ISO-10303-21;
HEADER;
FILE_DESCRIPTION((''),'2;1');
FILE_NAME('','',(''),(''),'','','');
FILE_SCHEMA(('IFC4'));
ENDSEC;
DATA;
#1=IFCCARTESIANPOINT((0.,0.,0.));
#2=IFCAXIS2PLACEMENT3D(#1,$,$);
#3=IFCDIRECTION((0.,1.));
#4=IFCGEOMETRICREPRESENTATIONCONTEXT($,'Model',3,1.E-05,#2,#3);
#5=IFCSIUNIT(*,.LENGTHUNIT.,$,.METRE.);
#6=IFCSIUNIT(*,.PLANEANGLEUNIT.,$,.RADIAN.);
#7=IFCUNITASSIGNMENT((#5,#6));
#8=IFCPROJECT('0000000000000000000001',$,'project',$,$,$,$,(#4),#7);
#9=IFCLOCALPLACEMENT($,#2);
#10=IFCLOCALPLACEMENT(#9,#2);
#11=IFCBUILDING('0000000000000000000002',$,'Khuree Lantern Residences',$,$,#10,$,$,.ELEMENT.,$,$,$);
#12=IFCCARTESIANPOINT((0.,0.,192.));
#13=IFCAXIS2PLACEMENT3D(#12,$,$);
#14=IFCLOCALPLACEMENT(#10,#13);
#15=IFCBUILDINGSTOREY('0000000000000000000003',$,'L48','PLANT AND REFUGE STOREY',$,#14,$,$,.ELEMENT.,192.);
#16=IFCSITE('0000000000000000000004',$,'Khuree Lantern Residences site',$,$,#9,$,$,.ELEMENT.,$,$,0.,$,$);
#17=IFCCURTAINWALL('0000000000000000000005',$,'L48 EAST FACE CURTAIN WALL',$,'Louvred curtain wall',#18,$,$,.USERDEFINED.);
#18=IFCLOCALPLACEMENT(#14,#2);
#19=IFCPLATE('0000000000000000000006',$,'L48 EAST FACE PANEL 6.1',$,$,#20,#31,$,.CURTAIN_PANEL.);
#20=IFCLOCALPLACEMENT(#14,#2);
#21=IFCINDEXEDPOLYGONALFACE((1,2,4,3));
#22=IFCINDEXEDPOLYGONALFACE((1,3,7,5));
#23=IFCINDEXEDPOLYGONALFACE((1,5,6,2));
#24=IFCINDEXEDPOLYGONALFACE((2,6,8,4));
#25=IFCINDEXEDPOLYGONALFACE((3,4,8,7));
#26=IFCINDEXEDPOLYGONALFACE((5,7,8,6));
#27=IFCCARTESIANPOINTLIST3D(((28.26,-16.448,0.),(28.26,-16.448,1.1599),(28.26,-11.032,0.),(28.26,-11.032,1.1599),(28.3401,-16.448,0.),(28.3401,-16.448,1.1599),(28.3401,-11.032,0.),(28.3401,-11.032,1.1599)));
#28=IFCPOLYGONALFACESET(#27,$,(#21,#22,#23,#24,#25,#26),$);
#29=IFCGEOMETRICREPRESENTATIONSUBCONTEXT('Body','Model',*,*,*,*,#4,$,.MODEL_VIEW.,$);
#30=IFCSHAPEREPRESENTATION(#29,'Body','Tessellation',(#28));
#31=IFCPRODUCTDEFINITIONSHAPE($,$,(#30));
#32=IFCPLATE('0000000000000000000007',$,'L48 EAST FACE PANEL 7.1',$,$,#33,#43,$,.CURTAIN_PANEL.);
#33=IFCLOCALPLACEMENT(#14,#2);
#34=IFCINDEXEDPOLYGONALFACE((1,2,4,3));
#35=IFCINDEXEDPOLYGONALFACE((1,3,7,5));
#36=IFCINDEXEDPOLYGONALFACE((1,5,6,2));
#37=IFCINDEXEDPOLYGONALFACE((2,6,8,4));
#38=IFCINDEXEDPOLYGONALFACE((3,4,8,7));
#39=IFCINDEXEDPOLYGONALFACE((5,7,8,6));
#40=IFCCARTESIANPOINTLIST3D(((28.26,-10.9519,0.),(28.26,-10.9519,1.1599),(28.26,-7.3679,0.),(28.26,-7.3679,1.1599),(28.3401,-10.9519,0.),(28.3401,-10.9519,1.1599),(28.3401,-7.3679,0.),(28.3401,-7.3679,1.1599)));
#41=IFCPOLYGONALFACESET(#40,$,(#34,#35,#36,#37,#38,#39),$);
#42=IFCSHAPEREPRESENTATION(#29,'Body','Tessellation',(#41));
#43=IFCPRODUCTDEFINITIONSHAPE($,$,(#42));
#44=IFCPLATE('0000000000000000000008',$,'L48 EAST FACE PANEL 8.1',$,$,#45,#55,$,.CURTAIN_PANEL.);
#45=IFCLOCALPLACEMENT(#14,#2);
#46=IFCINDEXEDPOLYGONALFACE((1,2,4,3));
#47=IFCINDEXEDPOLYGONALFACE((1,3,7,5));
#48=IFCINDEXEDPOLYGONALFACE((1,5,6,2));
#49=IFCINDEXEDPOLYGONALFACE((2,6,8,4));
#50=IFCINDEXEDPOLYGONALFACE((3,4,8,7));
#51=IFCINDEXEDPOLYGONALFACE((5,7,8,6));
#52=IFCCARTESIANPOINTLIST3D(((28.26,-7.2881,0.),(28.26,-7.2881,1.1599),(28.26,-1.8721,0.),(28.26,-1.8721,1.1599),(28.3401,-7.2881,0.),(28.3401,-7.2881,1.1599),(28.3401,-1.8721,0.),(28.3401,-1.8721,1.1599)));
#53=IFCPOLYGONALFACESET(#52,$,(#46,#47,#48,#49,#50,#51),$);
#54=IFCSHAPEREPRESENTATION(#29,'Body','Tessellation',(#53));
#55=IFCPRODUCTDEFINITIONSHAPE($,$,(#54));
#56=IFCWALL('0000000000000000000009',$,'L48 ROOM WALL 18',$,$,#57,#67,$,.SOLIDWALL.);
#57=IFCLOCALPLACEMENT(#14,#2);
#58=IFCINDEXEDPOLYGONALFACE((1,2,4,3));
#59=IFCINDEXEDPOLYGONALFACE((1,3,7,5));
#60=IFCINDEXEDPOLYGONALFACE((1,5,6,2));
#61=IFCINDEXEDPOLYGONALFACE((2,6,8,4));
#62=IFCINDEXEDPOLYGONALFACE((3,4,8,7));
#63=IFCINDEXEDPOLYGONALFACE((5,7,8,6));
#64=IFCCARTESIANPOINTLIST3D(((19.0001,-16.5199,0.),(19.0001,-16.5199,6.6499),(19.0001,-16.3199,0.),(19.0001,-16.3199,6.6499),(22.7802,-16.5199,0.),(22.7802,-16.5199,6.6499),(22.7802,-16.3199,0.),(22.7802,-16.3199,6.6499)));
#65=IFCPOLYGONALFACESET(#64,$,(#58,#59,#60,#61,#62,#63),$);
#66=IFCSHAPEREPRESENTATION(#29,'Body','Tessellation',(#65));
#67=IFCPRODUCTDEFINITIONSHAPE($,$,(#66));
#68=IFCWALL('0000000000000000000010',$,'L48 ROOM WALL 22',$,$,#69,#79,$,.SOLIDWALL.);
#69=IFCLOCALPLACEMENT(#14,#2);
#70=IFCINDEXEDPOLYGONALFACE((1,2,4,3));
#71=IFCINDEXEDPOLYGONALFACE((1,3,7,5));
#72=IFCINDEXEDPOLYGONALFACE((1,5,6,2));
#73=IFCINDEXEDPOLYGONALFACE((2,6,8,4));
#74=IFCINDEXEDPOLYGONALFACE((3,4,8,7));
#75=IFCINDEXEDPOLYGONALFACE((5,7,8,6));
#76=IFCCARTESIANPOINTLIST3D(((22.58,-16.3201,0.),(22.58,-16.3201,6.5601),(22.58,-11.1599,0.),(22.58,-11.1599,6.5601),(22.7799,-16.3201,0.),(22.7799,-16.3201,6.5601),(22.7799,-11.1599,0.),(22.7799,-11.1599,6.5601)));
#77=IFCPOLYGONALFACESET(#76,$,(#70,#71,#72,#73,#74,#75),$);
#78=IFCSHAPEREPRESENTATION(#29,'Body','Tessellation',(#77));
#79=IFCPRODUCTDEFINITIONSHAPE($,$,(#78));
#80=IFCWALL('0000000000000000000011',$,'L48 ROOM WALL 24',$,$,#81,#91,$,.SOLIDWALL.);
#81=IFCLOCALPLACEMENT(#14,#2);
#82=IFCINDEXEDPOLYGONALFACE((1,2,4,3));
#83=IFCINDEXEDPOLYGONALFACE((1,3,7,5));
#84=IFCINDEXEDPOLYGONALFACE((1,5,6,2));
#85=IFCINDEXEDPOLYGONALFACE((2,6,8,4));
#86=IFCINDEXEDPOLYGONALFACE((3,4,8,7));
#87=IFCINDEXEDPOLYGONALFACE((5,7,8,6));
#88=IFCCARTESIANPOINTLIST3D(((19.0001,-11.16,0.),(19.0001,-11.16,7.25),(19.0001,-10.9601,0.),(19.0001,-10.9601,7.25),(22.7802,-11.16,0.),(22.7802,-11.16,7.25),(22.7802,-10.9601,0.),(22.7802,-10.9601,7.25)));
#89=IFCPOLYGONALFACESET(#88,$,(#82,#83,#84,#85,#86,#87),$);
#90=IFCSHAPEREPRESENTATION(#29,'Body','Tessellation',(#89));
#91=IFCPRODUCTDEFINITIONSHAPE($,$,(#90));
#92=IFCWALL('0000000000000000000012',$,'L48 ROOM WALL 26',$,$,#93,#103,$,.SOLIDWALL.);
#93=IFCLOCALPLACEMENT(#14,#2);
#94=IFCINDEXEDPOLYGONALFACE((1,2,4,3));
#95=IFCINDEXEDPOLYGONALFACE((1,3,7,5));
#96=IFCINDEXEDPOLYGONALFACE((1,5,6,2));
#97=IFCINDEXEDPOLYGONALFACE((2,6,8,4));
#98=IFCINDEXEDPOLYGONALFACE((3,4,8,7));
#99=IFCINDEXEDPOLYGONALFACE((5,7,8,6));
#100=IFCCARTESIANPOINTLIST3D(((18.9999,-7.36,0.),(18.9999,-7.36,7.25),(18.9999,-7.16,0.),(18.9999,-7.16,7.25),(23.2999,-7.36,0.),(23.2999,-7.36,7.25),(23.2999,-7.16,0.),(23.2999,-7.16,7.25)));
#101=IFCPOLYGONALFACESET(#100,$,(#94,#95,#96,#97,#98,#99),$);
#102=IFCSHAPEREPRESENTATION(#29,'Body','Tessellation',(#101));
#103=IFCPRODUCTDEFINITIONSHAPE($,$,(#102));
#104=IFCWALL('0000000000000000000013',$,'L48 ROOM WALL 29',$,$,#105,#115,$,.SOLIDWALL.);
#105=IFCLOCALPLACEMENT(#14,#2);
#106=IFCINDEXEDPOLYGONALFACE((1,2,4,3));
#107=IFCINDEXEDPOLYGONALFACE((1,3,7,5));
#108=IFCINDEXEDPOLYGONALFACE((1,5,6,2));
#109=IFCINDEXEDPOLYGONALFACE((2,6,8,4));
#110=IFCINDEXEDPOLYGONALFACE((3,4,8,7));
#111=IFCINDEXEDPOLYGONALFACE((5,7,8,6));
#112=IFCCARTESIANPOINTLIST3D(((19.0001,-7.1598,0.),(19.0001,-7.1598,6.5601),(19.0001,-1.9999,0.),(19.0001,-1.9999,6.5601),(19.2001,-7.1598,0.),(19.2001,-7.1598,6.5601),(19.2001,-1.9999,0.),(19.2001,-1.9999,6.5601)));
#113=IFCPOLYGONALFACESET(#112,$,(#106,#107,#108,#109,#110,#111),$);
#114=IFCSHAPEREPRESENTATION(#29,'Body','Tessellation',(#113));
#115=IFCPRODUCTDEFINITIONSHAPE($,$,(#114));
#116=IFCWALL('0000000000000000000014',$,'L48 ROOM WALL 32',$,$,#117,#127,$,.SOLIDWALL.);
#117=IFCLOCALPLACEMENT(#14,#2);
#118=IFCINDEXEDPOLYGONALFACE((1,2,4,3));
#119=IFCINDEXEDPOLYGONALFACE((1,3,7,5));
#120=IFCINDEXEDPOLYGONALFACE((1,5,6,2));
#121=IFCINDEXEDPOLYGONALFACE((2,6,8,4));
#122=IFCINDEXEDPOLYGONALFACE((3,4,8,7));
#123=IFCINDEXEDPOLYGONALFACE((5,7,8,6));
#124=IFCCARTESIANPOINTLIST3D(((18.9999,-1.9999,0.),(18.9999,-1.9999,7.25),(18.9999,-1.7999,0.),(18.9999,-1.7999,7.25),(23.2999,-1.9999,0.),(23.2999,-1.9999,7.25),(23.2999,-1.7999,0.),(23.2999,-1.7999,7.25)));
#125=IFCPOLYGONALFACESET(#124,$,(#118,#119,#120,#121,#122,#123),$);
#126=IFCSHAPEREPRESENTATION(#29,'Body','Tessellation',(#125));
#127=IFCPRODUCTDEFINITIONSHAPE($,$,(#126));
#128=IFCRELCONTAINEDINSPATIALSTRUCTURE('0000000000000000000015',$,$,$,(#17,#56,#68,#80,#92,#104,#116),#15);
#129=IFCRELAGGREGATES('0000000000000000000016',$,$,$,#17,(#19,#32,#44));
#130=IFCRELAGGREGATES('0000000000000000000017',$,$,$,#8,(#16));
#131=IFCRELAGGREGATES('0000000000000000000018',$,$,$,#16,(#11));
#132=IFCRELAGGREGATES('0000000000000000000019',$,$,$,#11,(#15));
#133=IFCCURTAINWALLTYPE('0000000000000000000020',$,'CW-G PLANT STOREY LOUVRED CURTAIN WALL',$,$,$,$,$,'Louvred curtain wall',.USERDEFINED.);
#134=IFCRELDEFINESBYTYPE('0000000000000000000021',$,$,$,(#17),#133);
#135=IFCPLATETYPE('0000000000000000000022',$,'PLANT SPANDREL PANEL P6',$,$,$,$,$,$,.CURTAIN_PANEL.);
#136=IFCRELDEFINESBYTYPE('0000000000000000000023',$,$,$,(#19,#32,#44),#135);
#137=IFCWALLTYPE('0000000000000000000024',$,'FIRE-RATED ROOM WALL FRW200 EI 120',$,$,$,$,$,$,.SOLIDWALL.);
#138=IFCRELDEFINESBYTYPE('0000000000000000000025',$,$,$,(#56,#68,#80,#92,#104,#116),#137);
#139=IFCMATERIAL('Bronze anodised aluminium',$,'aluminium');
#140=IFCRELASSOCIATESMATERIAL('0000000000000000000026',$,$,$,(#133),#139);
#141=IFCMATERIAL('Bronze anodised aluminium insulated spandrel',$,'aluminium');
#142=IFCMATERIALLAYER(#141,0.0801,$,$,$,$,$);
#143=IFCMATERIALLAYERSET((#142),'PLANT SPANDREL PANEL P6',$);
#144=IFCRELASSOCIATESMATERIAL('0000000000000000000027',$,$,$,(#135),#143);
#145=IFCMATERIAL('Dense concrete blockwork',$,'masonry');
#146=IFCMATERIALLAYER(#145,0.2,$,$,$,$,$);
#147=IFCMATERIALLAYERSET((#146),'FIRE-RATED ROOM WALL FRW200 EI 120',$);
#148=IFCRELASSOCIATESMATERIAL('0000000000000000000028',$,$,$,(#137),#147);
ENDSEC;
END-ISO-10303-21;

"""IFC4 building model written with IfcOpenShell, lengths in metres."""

from ifc_helpers import new_model, si_unit, direction, frame, frame_2d, origin, origin_2d, place, context, subcontext, project, spatial, rectangle, extrude, material, layer, layer_set, type_object, element, aggregate, save


model = new_model("IFC4")

# Units and contexts
model_context = context("Model", 3, precision=1e-05, world=origin(), true_north=direction((0.0, 1.0)))
body_context = subcontext(model_context, "Body", "Model", "MODEL_VIEW")
ifc_project = project(units=[si_unit("LENGTHUNIT", "METRE"), si_unit("PLANEANGLEUNIT", "RADIAN")], contexts=[model_context])

# Site, building, storey
site_placement = place(None, origin())
site = spatial("IfcSite", under=ifc_project, at=site_placement, Name="Khuree Lantern Residences site", CompositionType="ELEMENT", RefElevation=0.0)
building_placement = place(site_placement, origin())
building = spatial("IfcBuilding", under=site, at=building_placement, Name="Khuree Lantern Residences", CompositionType="ELEMENT")
storey_placement = place(building_placement, frame((0.0, 0.0, 192.0)))
storey = spatial("IfcBuildingStorey", under=building, at=storey_placement, Name="L48", Description="PLANT AND REFUGE STOREY", CompositionType="ELEMENT", Elevation=192.0)

# Curtain wall
ifc_material_1 = material(Name="Bronze anodised aluminium", Category="aluminium")
curtain_wall_type = type_object("IfcCurtainWallType", Name="CW-G PLANT STOREY LOUVRED CURTAIN WALL", ElementType="Louvred curtain wall", PredefinedType="USERDEFINED", material=ifc_material_1)
curtain_wall_placement = place(storey_placement, origin())
curtain_wall = element("IfcCurtainWall", 1, at=curtain_wall_placement, inside=storey, type_object=curtain_wall_type, Name="L48 EAST FACE CURTAIN WALL", ObjectType="Louvred curtain wall", PredefinedType="USERDEFINED")

# Plates
ifc_material_2 = material(Name="Bronze anodised aluminium insulated spandrel", Category="aluminium")
ifc_layer_1 = layer(ifc_material_2, 0.0801)
ifc_layer_set_1 = layer_set([ifc_layer_1], Name="PLANT SPANDREL PANEL P6")
plate_type_1 = type_object("IfcPlateType", Name="PLANT SPANDREL PANEL P6", PredefinedType="CURTAIN_PANEL", material=ifc_layer_set_1)
plate_1_placement = place(storey_placement, frame((28.3, -13.74, 0.0), z_axis=(0.0, 0.0, 1.0), x_axis=(0.0, 1.0, 0.0)))
plate_1 = element("IfcPlate", 2, at=plate_1_placement, type_object=plate_type_1, Name="L48 EAST FACE PANEL 6.1", PredefinedType="CURTAIN_PANEL", context=body_context, shape_type="SweptSolid", body=[
    extrude(rectangle(XDim=5.416, YDim=0.0801, at=origin_2d()), origin(), (0.0, 0.0, 1.0), 1.1599),
])
plate_2_placement = place(storey_placement, frame((28.3, -9.1599, 0.0), z_axis=(0.0, 0.0, 1.0), x_axis=(0.0, 1.0, 0.0)))
plate_2 = element("IfcPlate", 3, at=plate_2_placement, type_object=plate_type_1, Name="L48 EAST FACE PANEL 7.1", PredefinedType="CURTAIN_PANEL", context=body_context, shape_type="SweptSolid", body=[
    extrude(rectangle(XDim=3.584, YDim=0.0801, at=origin_2d()), origin(), (0.0, 0.0, 1.0), 1.1599),
])
plate_3_placement = place(storey_placement, frame((28.3, -4.5801, 0.0), z_axis=(0.0, 0.0, 1.0), x_axis=(0.0, 1.0, 0.0)))
plate_3 = element("IfcPlate", 4, at=plate_3_placement, type_object=plate_type_1, Name="L48 EAST FACE PANEL 8.1", PredefinedType="CURTAIN_PANEL", context=body_context, shape_type="SweptSolid", body=[
    extrude(rectangle(XDim=5.416, YDim=0.0801, at=origin_2d()), origin(), (0.0, 0.0, 1.0), 1.1599),
])
aggregate(curtain_wall, [plate_1, plate_2, plate_3])

# Wall
ifc_material_3 = material(Name="Dense concrete blockwork", Category="masonry")
ifc_layer_2 = layer(ifc_material_3, 0.2)
ifc_layer_set_2 = layer_set([ifc_layer_2], Name="FIRE-RATED ROOM WALL FRW200 EI 120")
wall_type = type_object("IfcWallType", Name="FIRE-RATED ROOM WALL FRW200 EI 120", PredefinedType="SOLIDWALL", material=ifc_layer_set_2)
wall_1_placement = place(storey_placement, frame((19.0, -16.4199, 0.0), z_axis=(0.0, 0.0, 1.0), x_axis=(1.0, 0.0, 0.0)))
element("IfcWall", 5, at=wall_1_placement, inside=storey, type_object=wall_type, Name="L48 ROOM WALL 18", PredefinedType="SOLIDWALL", context=body_context, shape_type="SweptSolid", body=[
    extrude(rectangle(XDim=3.78, YDim=0.2, at=frame_2d((1.8901, 0.0))), origin(), (0.0, 0.0, 1.0), 6.6499),
])

# Walls
wall_2_placement = place(storey_placement, frame((22.6799, -16.3201, 0.0), z_axis=(0.0, 0.0, 1.0), x_axis=(0.0, 1.0, 0.0)))
element("IfcWall", 6, at=wall_2_placement, inside=storey, type_object=wall_type, Name="L48 ROOM WALL 22", PredefinedType="SOLIDWALL", context=body_context, shape_type="SweptSolid", body=[
    extrude(rectangle(XDim=5.1602, YDim=0.2, at=frame_2d((2.5801, 0.0))), origin(), (0.0, 0.0, 1.0), 6.5601),
])
wall_3_placement = place(storey_placement, frame((19.0, -11.0601, 0.0), z_axis=(0.0, 0.0, 1.0), x_axis=(1.0, 0.0, 0.0)))
element("IfcWall", 7, at=wall_3_placement, inside=storey, type_object=wall_type, Name="L48 ROOM WALL 24", PredefinedType="SOLIDWALL", context=body_context, shape_type="SweptSolid", body=[
    extrude(rectangle(XDim=3.78, YDim=0.2, at=frame_2d((1.8901, 0.0))), origin(), (0.0, 0.0, 1.0), 7.25),
])
wall_4_placement = place(storey_placement, frame((19.0, -7.26, 0.0), z_axis=(0.0, 0.0, 1.0), x_axis=(1.0, 0.0, 0.0)))
element("IfcWall", 8, at=wall_4_placement, inside=storey, type_object=wall_type, Name="L48 ROOM WALL 26", PredefinedType="SOLIDWALL", context=body_context, shape_type="SweptSolid", body=[
    extrude(rectangle(XDim=4.3, YDim=0.2, at=frame_2d((2.1499, 0.0))), origin(), (0.0, 0.0, 1.0), 7.25),
])
wall_5_placement = place(storey_placement, frame((19.1001, -7.1599, 0.0), z_axis=(0.0, 0.0, 1.0), x_axis=(0.0, 1.0, 0.0)))
element("IfcWall", 9, at=wall_5_placement, inside=storey, type_object=wall_type, Name="L48 ROOM WALL 29", PredefinedType="SOLIDWALL", context=body_context, shape_type="SweptSolid", body=[
    extrude(rectangle(XDim=5.1599, YDim=0.2, at=frame_2d((2.5801, 0.0))), origin(), (0.0, 0.0, 1.0), 6.5601),
])

# Wall
wall_6_placement = place(storey_placement, frame((19.0, -1.8999, 0.0), z_axis=(0.0, 0.0, 1.0), x_axis=(1.0, 0.0, 0.0)))
element("IfcWall", 10, at=wall_6_placement, inside=storey, type_object=wall_type, Name="L48 ROOM WALL 32", PredefinedType="SOLIDWALL", context=body_context, shape_type="SweptSolid", body=[
    extrude(rectangle(XDim=4.3, YDim=0.2, at=frame_2d((2.1499, 0.0))), origin(), (0.0, 0.0, 1.0), 7.25),
])

save(model, "model.ifc")
